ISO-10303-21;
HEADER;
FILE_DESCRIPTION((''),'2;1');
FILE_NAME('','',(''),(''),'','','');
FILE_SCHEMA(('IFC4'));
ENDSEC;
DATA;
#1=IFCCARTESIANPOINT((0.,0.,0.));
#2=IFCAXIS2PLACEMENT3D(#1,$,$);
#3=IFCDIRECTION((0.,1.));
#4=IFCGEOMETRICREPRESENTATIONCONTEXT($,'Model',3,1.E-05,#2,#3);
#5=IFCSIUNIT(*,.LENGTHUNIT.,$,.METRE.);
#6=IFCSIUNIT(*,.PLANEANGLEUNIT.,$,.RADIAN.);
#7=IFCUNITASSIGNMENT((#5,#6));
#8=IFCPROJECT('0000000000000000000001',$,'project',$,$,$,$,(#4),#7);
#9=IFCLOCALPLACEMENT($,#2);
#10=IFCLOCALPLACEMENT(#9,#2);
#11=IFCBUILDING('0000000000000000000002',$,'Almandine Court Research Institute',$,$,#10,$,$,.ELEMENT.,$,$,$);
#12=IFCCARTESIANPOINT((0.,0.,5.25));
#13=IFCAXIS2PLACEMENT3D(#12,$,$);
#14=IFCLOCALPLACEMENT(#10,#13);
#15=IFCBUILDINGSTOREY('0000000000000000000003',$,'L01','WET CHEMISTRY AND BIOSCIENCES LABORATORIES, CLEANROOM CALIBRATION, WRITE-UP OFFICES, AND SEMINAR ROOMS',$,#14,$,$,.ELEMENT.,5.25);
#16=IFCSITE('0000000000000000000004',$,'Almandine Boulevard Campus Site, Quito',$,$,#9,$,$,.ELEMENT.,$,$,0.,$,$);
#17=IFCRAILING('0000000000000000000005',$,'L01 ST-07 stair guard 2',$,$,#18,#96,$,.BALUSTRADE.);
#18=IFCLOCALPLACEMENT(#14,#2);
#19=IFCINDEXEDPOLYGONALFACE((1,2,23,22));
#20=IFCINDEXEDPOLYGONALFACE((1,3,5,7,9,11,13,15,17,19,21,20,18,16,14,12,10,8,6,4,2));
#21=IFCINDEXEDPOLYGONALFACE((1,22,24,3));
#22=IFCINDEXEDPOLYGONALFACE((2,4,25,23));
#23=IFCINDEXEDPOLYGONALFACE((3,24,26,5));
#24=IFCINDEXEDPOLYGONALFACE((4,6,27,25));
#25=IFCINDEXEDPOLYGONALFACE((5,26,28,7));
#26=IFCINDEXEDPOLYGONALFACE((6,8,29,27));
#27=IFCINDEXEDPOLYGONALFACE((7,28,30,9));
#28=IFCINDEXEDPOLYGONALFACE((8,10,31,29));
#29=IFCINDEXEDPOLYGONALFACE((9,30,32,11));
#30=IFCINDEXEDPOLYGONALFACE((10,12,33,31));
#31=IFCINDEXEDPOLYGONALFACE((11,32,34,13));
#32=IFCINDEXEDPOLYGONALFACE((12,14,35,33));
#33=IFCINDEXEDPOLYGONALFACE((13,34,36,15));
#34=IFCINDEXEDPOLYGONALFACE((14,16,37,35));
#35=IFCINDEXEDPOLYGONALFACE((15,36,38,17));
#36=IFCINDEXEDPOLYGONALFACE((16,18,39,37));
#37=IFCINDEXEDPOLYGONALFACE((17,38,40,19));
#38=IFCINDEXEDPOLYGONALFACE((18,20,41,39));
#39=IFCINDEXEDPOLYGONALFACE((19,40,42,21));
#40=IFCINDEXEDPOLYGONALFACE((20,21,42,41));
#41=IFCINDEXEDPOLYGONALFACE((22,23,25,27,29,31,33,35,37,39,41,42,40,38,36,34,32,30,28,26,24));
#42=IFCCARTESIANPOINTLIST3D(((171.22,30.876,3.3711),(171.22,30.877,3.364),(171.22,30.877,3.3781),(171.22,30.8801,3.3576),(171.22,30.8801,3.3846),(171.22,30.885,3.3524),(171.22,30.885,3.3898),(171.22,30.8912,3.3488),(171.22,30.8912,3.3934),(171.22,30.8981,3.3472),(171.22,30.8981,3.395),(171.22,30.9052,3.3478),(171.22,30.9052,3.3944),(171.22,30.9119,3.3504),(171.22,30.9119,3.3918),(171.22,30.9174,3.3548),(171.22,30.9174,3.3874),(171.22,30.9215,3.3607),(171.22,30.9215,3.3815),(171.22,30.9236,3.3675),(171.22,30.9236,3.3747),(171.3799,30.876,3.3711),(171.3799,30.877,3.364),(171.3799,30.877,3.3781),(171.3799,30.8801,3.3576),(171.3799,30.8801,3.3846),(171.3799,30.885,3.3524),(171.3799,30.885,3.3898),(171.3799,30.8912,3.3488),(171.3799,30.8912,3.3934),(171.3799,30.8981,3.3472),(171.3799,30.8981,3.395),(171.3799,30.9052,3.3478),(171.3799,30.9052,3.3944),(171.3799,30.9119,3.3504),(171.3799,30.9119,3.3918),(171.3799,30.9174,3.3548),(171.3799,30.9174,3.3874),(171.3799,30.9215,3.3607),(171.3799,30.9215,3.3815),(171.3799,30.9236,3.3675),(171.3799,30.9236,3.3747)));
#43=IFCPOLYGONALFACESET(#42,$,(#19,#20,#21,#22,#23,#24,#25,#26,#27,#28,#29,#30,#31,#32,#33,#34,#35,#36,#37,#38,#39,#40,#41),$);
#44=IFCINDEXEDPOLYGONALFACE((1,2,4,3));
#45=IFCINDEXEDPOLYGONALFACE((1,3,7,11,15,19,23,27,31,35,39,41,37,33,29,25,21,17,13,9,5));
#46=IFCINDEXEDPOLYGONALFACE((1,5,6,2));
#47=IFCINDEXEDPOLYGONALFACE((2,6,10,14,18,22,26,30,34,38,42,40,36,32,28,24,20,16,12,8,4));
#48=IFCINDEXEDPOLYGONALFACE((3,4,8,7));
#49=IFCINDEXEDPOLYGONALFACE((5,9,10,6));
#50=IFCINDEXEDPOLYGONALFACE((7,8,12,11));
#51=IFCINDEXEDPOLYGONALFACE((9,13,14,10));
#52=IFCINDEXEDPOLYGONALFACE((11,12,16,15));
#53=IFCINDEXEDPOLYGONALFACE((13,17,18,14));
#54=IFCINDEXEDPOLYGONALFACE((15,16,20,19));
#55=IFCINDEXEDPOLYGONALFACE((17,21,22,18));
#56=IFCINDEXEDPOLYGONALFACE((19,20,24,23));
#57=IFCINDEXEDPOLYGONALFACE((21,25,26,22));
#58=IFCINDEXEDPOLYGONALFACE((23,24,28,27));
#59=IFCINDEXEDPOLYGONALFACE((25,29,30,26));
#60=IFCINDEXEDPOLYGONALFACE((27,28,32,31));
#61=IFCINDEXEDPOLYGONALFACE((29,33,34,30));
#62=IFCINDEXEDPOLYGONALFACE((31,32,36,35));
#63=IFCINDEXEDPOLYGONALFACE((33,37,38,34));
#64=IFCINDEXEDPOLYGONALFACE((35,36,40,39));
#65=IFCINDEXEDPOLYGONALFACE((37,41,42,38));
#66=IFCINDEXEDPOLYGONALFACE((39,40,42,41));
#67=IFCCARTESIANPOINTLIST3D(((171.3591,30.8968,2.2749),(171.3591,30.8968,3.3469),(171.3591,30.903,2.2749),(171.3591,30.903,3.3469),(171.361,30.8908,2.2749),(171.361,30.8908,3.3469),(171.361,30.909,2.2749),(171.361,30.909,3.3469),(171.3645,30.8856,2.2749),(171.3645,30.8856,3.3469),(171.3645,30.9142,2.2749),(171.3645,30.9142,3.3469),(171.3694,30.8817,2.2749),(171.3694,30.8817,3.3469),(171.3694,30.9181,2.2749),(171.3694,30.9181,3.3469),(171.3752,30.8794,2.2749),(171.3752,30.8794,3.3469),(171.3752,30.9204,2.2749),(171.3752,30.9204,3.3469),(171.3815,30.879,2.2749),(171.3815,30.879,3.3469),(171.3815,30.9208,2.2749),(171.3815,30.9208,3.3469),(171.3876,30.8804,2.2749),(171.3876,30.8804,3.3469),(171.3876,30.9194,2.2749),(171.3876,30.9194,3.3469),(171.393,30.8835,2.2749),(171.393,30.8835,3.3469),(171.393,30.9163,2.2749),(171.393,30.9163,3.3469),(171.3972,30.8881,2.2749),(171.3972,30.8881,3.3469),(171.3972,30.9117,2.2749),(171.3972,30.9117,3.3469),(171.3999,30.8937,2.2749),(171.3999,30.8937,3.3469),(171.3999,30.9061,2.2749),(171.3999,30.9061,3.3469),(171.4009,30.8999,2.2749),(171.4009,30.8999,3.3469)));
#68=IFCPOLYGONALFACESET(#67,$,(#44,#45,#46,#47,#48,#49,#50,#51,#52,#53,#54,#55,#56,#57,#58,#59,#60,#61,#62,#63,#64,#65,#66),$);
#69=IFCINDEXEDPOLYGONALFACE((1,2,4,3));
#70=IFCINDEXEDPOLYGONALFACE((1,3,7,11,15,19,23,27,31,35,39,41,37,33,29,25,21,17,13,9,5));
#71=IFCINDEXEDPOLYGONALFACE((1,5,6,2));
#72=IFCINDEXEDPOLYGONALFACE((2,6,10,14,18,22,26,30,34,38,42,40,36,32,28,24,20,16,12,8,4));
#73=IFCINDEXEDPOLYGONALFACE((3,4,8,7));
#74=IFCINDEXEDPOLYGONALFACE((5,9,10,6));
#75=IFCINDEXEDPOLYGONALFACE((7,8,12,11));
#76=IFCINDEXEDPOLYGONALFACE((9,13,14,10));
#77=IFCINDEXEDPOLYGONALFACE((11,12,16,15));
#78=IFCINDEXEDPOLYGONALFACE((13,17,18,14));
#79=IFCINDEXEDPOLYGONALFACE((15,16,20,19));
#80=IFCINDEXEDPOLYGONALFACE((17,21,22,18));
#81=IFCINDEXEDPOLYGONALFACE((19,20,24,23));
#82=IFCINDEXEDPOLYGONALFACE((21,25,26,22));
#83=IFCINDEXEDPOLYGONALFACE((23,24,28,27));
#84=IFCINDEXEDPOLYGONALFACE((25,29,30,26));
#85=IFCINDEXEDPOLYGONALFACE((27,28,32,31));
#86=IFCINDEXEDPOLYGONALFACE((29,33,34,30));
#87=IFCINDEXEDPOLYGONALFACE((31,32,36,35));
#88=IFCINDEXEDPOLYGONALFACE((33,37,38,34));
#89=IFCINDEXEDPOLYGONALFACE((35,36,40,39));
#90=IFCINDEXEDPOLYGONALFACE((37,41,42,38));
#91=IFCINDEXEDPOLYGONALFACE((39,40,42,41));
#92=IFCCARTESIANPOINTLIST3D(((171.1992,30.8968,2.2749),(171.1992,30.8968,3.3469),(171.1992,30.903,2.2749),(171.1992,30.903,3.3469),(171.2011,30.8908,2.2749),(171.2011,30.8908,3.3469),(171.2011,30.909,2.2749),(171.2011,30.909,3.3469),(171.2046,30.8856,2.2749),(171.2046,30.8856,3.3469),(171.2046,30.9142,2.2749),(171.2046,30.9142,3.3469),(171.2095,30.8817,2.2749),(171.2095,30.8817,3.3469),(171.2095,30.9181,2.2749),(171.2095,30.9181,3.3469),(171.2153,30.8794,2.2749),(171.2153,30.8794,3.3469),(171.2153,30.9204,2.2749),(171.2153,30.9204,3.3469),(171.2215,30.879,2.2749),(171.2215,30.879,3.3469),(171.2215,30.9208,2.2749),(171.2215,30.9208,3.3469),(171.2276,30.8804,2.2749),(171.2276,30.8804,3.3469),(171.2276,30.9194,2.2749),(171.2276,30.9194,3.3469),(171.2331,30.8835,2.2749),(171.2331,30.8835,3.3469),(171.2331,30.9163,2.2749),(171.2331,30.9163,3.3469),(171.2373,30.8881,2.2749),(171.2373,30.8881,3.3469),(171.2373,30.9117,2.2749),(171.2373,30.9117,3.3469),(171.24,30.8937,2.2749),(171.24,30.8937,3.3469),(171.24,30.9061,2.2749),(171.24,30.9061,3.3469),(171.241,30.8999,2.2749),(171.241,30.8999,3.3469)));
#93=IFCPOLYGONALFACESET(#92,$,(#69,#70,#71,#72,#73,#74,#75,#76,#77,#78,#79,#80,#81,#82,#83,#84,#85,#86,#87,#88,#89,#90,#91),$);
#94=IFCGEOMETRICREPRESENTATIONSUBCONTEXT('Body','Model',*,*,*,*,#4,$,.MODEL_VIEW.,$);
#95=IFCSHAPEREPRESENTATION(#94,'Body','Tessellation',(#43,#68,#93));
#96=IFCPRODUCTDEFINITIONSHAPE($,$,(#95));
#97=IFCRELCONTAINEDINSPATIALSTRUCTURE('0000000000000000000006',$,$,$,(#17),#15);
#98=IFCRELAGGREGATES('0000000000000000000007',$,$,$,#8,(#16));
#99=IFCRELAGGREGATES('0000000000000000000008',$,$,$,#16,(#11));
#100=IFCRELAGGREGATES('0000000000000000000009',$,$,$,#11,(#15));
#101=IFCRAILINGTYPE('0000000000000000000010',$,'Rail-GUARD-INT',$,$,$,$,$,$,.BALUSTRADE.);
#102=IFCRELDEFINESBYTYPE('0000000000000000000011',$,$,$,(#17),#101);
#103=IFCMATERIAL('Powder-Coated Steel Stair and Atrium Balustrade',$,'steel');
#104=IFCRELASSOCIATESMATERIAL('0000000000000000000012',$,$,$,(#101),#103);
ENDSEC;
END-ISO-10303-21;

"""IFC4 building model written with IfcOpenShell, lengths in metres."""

from ifc_helpers import new_model, si_unit, direction, frame, origin, origin_2d, place, context, subcontext, project, spatial, circle, extrude, material, type_object, element, save


model = new_model("IFC4")

# Units and contexts
model_context = context("Model", 3, precision=1e-05, world=origin(), true_north=direction((0.0, 1.0)))
body_context = subcontext(model_context, "Body", "Model", "MODEL_VIEW")
ifc_project = project(units=[si_unit("LENGTHUNIT", "METRE"), si_unit("PLANEANGLEUNIT", "RADIAN")], contexts=[model_context])

# Site, building, storey
site_placement = place(None, origin())
site = spatial("IfcSite", under=ifc_project, at=site_placement, Name="Almandine Boulevard Campus Site, Quito", CompositionType="ELEMENT", RefElevation=0.0)
building_placement = place(site_placement, origin())
building = spatial("IfcBuilding", under=site, at=building_placement, Name="Almandine Court Research Institute", CompositionType="ELEMENT")
storey_placement = place(building_placement, frame((0.0, 0.0, 5.25)))
storey = spatial("IfcBuildingStorey", under=building, at=storey_placement, Name="L01", Description="WET CHEMISTRY AND BIOSCIENCES LABORATORIES, CLEANROOM CALIBRATION, WRITE-UP OFFICES, AND SEMINAR ROOMS", CompositionType="ELEMENT", Elevation=5.25)

# Railing
ifc_material_1 = material(Name="Powder-Coated Steel Stair and Atrium Balustrade", Category="steel")
railing_type_1 = type_object("IfcRailingType", Name="Rail-GUARD-INT", PredefinedType="BALUSTRADE", material=ifc_material_1)
railing_1_placement = place(storey_placement, frame((171.3799, 30.8999, 2.2749)))
element("IfcRailing", 1, at=railing_1_placement, inside=storey, type_object=railing_type_1, Name="L01 ST-07 stair guard 2", PredefinedType="BALUSTRADE", context=body_context, shape_type="SweptSolid", body=[
    extrude(circle(Radius=0.0239, at=origin_2d()), frame((0.0, 0.0, 1.0962), z_axis=(-1.0, 0.0, 0.0), x_axis=(0.0, -1.0, 0.0)), (0.0, 0.0, 1.0), 0.1599),
    extrude(circle(Radius=0.021, at=origin_2d()), origin(), (0.0, 0.0, 1.0), 1.072),
    extrude(circle(Radius=0.021, at=origin_2d()), frame((-0.1599, 0.0, 0.0)), (0.0, 0.0, 1.0), 1.072),
])

save(model, "model.ifc")
